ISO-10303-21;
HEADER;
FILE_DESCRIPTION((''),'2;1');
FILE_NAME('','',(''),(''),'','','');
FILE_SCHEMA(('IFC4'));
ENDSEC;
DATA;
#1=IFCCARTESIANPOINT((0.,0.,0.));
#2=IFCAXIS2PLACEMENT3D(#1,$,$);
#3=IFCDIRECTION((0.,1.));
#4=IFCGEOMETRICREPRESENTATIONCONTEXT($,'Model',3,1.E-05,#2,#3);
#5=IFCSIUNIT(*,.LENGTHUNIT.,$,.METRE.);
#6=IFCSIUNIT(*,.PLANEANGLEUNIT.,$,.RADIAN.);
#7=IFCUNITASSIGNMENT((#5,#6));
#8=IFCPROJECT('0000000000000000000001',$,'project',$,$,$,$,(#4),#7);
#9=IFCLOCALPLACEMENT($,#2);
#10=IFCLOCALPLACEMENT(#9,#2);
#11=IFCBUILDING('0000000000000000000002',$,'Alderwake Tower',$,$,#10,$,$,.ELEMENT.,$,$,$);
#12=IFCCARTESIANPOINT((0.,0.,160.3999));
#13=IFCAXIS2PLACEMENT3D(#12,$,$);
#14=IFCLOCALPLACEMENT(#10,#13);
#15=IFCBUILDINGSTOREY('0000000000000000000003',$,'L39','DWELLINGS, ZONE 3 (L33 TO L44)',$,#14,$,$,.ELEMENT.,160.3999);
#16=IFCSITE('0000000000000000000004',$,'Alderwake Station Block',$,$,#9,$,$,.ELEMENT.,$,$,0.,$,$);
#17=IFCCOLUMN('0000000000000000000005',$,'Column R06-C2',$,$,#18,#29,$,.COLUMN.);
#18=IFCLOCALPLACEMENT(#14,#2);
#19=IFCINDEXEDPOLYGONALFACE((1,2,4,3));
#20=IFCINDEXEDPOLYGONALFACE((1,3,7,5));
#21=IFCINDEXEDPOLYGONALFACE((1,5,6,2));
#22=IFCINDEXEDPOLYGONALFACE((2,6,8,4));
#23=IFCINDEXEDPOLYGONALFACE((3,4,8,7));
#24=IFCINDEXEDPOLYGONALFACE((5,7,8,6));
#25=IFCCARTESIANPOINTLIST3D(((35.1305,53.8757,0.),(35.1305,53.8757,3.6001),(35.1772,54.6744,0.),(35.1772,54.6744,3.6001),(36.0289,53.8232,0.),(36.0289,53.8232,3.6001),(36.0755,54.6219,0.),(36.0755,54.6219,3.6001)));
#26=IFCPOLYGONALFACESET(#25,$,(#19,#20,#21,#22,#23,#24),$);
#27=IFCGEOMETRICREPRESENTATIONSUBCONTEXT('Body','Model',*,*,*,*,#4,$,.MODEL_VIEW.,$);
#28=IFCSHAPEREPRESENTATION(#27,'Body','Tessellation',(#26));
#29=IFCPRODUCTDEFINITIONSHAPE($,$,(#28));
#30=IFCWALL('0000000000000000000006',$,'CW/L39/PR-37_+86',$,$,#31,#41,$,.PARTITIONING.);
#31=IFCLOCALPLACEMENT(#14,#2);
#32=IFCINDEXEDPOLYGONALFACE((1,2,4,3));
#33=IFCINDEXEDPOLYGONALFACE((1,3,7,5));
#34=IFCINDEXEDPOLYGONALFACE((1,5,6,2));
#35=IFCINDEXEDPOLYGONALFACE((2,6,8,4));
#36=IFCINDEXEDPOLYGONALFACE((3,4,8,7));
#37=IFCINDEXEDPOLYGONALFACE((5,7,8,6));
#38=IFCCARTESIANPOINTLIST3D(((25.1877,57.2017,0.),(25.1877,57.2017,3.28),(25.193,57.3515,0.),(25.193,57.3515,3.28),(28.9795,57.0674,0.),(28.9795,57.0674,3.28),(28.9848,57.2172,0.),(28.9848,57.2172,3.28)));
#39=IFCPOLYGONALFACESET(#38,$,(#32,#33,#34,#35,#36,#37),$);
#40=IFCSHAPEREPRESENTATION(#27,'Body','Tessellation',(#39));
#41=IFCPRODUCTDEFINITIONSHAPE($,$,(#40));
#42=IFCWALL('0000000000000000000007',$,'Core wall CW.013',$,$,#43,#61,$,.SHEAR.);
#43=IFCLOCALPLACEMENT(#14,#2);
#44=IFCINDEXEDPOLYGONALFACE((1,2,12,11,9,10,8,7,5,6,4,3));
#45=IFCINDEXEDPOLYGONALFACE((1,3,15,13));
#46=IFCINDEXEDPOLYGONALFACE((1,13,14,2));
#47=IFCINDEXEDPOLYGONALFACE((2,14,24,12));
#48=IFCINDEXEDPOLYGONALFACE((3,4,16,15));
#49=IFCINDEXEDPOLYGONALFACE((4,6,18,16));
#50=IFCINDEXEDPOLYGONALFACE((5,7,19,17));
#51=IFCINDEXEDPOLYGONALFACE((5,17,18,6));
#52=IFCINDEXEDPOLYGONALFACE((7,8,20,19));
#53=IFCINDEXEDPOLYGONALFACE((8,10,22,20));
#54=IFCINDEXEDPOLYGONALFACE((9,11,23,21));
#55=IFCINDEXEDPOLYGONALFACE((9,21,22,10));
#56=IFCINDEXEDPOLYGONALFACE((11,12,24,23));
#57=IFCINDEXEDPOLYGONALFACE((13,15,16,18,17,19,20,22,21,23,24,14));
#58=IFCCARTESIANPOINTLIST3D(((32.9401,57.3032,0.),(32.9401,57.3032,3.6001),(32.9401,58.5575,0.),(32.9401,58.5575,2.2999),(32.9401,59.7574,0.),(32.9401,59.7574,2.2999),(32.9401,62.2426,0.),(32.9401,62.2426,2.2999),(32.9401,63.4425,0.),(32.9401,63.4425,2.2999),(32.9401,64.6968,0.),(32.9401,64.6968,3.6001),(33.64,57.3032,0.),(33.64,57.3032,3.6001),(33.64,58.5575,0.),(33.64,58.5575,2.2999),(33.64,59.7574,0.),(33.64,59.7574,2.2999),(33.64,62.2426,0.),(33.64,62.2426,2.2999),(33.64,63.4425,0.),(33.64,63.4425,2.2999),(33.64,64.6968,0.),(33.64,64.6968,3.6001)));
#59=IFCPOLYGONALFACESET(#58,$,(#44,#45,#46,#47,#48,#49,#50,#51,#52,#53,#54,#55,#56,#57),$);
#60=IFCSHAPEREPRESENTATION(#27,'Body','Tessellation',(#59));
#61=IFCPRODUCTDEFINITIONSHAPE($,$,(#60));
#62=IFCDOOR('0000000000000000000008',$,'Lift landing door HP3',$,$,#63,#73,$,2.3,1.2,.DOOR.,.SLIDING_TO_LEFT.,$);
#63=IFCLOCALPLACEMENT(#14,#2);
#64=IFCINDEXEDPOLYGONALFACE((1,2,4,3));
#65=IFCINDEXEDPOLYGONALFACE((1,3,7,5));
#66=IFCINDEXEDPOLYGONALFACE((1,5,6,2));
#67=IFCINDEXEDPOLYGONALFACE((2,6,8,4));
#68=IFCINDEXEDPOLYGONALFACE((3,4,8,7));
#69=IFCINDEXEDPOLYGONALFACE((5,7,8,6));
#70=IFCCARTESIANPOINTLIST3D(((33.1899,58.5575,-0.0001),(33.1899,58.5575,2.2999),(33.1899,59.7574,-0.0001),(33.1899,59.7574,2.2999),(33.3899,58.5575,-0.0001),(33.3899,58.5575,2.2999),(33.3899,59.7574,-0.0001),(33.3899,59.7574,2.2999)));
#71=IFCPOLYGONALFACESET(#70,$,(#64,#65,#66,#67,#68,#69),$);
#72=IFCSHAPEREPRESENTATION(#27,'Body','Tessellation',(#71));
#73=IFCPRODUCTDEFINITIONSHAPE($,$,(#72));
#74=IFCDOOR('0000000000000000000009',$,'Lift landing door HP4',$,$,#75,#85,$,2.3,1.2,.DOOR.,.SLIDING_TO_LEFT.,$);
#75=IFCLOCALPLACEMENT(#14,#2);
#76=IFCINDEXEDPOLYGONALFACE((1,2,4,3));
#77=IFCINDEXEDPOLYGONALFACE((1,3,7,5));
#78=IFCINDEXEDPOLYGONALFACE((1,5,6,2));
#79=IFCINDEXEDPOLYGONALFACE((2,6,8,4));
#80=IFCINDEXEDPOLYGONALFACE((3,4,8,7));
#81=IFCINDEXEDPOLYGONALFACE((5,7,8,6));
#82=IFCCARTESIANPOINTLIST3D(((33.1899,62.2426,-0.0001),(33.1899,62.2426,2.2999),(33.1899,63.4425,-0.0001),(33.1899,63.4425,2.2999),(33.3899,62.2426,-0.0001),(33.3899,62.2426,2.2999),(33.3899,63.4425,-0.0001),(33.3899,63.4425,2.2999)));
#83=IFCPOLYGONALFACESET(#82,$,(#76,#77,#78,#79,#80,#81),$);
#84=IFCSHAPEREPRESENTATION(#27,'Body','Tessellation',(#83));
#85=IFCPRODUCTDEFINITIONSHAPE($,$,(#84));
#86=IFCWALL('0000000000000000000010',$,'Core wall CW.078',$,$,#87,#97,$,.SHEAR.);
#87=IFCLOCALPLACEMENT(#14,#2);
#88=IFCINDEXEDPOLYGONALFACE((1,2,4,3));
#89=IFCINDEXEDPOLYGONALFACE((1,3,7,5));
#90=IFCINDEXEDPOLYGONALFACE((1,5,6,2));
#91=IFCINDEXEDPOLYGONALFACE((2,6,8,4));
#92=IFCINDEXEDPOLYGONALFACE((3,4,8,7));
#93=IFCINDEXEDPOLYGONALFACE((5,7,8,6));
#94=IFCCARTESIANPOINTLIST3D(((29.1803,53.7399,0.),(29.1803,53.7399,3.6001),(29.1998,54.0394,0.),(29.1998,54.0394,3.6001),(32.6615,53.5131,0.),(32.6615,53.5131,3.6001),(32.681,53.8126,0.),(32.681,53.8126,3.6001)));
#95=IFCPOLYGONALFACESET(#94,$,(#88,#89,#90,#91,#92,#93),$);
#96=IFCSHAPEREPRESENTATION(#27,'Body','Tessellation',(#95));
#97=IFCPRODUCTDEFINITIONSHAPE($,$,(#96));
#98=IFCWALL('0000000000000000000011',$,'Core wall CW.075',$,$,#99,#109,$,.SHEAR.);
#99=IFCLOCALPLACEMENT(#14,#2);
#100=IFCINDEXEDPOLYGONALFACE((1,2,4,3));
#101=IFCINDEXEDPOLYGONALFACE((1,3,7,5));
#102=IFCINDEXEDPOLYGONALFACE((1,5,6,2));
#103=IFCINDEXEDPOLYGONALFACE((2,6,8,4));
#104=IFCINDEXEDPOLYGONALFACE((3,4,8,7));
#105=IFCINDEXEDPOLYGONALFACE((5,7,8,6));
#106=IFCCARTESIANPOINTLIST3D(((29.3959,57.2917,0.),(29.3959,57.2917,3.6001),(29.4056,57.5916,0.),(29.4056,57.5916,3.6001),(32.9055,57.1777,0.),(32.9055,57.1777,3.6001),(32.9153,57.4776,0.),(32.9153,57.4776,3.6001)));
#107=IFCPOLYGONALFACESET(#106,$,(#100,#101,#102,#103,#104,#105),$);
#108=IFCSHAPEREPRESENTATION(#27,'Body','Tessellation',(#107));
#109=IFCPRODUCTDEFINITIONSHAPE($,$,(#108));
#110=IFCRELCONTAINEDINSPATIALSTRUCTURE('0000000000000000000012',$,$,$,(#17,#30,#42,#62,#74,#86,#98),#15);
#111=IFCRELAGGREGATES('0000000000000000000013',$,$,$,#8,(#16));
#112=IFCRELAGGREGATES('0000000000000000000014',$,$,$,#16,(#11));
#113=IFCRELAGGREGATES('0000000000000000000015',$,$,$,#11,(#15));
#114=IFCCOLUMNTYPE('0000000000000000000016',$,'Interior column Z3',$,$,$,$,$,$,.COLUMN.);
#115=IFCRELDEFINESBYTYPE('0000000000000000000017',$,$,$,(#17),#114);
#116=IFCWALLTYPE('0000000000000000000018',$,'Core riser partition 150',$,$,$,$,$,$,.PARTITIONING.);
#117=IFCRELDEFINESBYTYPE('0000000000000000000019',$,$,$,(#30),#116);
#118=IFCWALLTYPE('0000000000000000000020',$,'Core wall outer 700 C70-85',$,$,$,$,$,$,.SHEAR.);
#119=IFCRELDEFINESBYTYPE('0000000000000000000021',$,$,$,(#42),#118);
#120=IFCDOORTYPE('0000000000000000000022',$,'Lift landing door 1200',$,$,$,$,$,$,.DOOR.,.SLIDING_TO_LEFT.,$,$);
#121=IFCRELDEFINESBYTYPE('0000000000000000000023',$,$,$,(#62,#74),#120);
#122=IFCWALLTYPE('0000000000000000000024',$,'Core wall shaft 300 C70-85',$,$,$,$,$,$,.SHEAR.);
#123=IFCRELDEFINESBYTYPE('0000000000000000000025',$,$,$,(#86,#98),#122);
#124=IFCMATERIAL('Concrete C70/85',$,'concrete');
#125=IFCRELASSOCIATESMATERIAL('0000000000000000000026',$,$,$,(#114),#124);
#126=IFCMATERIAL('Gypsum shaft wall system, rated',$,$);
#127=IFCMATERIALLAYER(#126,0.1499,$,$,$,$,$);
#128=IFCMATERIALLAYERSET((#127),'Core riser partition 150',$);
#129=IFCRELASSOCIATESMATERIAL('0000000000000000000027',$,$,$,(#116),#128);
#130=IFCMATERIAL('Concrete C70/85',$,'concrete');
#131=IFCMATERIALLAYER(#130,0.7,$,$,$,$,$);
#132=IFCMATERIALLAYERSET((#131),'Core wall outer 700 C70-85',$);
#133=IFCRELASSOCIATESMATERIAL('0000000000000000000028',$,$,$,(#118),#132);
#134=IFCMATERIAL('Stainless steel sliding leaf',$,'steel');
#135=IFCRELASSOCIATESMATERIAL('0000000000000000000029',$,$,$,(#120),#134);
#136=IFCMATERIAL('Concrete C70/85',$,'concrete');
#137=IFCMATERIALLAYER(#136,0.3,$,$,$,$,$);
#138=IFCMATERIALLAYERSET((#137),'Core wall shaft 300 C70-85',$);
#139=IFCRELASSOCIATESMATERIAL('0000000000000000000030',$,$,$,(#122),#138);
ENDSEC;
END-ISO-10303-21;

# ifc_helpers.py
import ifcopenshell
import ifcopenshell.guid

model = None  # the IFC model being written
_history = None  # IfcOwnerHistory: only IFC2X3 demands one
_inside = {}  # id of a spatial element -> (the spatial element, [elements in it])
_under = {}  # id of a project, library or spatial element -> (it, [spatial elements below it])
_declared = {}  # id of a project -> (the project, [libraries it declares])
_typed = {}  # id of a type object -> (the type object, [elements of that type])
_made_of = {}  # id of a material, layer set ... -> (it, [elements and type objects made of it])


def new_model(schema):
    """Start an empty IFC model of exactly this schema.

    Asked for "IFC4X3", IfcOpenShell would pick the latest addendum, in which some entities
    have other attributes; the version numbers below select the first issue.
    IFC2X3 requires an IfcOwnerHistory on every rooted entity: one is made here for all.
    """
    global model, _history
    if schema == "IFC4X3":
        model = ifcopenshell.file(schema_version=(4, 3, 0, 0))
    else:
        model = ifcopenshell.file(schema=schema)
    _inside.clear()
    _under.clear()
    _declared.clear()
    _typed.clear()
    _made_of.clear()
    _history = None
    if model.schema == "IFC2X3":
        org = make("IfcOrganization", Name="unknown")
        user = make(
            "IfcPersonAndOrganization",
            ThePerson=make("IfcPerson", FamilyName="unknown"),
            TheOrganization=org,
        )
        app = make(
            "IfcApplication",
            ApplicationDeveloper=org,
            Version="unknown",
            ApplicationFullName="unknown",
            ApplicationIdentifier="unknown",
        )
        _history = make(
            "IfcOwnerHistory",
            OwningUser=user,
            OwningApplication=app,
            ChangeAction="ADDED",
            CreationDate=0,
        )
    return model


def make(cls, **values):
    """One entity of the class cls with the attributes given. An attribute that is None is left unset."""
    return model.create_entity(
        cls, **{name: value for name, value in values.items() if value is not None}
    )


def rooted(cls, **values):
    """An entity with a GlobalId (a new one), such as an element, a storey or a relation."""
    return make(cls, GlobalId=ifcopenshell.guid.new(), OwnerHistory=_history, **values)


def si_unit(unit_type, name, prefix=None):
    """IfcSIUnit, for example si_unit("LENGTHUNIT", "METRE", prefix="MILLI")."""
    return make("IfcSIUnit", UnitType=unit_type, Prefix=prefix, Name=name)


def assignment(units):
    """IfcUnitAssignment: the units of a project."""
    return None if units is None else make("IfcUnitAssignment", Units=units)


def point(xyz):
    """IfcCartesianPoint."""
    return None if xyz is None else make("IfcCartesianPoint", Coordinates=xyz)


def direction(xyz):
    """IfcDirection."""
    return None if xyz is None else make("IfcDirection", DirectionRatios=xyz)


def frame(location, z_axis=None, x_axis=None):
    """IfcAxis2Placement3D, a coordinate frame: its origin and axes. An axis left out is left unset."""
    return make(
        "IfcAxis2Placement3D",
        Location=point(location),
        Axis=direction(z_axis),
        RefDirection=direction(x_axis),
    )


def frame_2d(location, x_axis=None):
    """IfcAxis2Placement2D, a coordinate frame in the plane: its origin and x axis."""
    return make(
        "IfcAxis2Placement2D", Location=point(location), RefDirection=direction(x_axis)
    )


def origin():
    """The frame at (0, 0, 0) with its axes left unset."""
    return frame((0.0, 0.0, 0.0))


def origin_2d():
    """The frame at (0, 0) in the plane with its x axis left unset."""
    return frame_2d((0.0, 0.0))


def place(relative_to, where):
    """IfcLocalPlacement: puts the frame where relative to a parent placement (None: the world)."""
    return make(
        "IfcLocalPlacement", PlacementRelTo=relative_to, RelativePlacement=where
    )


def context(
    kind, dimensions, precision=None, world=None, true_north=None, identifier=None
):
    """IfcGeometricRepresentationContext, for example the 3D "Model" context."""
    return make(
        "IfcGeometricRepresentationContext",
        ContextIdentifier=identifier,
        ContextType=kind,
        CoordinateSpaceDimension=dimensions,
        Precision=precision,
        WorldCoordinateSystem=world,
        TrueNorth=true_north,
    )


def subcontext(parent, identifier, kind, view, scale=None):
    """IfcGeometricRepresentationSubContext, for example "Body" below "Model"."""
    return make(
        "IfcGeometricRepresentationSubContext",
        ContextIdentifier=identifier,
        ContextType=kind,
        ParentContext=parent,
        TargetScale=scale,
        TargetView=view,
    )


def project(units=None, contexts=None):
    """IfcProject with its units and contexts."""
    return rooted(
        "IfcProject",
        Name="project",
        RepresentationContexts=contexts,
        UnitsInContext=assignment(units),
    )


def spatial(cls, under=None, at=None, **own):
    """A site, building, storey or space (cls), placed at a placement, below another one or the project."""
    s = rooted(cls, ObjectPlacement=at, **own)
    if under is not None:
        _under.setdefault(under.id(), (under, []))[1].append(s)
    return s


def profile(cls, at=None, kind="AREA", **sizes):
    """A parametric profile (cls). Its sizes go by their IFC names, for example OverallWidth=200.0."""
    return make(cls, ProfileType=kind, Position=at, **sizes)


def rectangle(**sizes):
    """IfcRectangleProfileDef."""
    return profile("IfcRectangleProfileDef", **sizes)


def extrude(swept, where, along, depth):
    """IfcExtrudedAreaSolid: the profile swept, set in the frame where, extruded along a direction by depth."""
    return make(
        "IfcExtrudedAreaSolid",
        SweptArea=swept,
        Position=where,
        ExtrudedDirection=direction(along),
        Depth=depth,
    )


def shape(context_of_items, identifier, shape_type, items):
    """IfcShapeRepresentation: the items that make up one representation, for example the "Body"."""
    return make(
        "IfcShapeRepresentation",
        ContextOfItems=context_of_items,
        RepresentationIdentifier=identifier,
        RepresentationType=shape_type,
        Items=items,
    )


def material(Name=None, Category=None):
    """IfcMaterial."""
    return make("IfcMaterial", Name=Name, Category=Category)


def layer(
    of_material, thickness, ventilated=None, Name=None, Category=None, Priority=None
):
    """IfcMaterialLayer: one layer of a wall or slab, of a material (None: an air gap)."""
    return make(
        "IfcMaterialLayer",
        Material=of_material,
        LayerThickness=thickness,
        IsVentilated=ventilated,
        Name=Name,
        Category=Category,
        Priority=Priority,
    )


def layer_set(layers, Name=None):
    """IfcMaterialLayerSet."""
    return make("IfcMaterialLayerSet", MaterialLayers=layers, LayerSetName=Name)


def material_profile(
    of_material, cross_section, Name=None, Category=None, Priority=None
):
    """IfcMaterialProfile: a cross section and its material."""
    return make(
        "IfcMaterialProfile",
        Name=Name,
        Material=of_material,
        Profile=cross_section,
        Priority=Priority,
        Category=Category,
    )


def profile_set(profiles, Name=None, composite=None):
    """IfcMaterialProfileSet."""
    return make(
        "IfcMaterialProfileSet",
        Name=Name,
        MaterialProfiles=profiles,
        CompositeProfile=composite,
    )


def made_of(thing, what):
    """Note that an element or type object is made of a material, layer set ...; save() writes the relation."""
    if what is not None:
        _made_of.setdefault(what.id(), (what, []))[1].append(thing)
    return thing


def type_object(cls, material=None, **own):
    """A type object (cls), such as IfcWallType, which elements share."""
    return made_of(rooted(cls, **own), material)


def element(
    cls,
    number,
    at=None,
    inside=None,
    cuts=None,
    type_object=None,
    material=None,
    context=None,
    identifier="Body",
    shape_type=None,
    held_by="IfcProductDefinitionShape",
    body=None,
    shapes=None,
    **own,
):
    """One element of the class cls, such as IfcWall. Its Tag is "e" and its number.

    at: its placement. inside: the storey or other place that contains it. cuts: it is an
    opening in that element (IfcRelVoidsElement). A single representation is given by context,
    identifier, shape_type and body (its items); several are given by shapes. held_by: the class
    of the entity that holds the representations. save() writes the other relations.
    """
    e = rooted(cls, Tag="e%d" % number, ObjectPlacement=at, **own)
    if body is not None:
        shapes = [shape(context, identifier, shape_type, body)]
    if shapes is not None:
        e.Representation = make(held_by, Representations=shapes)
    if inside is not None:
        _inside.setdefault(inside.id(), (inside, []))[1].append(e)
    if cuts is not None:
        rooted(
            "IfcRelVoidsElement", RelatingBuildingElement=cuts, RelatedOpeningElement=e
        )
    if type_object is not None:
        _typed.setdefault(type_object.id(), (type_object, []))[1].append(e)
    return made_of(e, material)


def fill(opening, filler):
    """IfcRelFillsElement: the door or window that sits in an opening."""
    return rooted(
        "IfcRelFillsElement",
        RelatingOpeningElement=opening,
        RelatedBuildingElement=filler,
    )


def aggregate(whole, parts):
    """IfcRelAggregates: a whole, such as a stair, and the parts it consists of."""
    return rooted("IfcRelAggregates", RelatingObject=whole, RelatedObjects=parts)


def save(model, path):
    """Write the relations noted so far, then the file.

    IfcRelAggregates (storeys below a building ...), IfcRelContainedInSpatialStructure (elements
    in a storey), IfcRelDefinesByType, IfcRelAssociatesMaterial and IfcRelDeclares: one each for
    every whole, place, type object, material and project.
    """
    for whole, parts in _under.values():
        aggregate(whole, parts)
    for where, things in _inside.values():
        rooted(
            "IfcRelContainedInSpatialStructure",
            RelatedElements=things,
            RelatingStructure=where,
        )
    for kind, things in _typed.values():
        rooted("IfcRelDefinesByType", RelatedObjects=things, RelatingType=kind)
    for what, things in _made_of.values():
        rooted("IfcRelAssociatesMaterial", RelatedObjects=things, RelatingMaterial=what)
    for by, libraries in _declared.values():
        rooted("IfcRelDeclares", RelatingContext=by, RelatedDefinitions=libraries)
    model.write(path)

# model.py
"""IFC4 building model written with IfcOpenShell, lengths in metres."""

from ifc_helpers import new_model, si_unit, direction, frame, frame_2d, origin, origin_2d, place, context, subcontext, project, spatial, rectangle, extrude, material, layer, layer_set, material_profile, profile_set, type_object, element, fill, save


model = new_model("IFC4")

# Units and contexts
model_context = context("Model", 3, precision=1e-05, world=origin(), true_north=direction((0.0, 1.0)))
body_context = subcontext(model_context, "Body", "Model", "MODEL_VIEW")
ifc_project = project(units=[si_unit("LENGTHUNIT", "METRE"), si_unit("PLANEANGLEUNIT", "RADIAN")], contexts=[model_context])

# Site, building, storey
site_placement = place(None, origin())
site = spatial("IfcSite", under=ifc_project, at=site_placement, Name="Alderwake Station Block", CompositionType="ELEMENT", RefElevation=0.0)
building_placement = place(site_placement, origin())
building = spatial("IfcBuilding", under=site, at=building_placement, Name="Alderwake Tower", CompositionType="ELEMENT")
storey_placement = place(building_placement, frame((0.0, 0.0, 160.3999)))
storey = spatial("IfcBuildingStorey", under=building, at=storey_placement, Name="L39", Description="DWELLINGS, ZONE 3 (L33 TO L44)", CompositionType="ELEMENT", Elevation=160.3999)

# Column
ifc_material_1 = material(Name="Concrete C70/85", Category="concrete")
ifc_material_profile = material_profile(ifc_material_1, rectangle(XDim=0.8, YDim=0.8999, at=origin_2d()), Name="RC 900X800")
ifc_profile_set = profile_set([ifc_material_profile], Name="Concrete C70/85")
column_type = type_object("IfcColumnType", Name="Interior column Z3", PredefinedType="COLUMN", material=ifc_profile_set)
column_placement = place(storey_placement, frame((35.603, 54.2488, 0.0), z_axis=(0.0, 0.0, 1.0), x_axis=(0.058301, 0.998299, 0.0)))
element("IfcColumn", 1, at=column_placement, inside=storey, type_object=column_type, Name="Column R06-C2", PredefinedType="COLUMN", context=body_context, shape_type="SweptSolid", body=[
    extrude(rectangle(XDim=0.8, YDim=0.8999, at=origin_2d()), origin(), (0.0, 0.0, 1.0), 3.6001),
])

# Wall
ifc_material_2 = material(Name="Gypsum shaft wall system, rated")
ifc_layer_1 = layer(ifc_material_2, 0.1499)
ifc_layer_set_1 = layer_set([ifc_layer_1], Name="Core riser partition 150")
wall_type_1 = type_object("IfcWallType", Name="Core riser partition 150", PredefinedType="PARTITIONING", material=ifc_layer_set_1)
wall_1_placement = place(storey_placement, frame((25.1904, 57.2766, 0.0), z_axis=(0.0, 0.0, 1.0), x_axis=(0.999374, -0.035391, 0.0)))
element("IfcWall", 2, at=wall_1_placement, inside=storey, type_object=wall_type_1, Name="CW/L39/PR-37_+86", PredefinedType="PARTITIONING", context=body_context, shape_type="SweptSolid", body=[
    extrude(rectangle(XDim=3.7942, YDim=0.1499, at=frame_2d((1.897, 0.0))), origin(), (0.0, 0.0, 1.0), 3.28),
])

# Wall, openings, doors
ifc_material_3 = material(Name="Concrete C70/85", Category="concrete")
ifc_layer_2 = layer(ifc_material_3, 0.7)
ifc_layer_set_2 = layer_set([ifc_layer_2], Name="Core wall outer 700 C70-85")
wall_type_2 = type_object("IfcWallType", Name="Core wall outer 700 C70-85", PredefinedType="SHEAR", material=ifc_layer_set_2)
wall_2_placement = place(storey_placement, frame((33.29, 57.3032, 0.0), z_axis=(0.0, 0.0, 1.0), x_axis=(0.0, 1.0, 0.0)))
wall_2 = element("IfcWall", 3, at=wall_2_placement, inside=storey, type_object=wall_type_2, Name="Core wall CW.013", PredefinedType="SHEAR", context=body_context, shape_type="SweptSolid", body=[
    extrude(rectangle(XDim=7.3936, YDim=0.7, at=frame_2d((3.6968, 0.0))), origin(), (0.0, 0.0, 1.0), 3.6001),
])
opening_1_placement = place(wall_2_placement, frame((1.2542, 0.0, 0.0)))
opening_1 = element("IfcOpeningElement", 4, at=opening_1_placement, cuts=wall_2, PredefinedType="OPENING", context=body_context, shape_type="SweptSolid", body=[
    extrude(rectangle(XDim=1.2, YDim=2.3, at=frame_2d((0.6001, 1.1499))), frame((0.0, 0.3599, 0.0), z_axis=(0.0, -1.0, 0.0), x_axis=(1.0, 0.0, 0.0)), (0.0, 0.0, 1.0), 0.72),
])
opening_2_placement = place(wall_2_placement, frame((4.9392, 0.0, 0.0)))
opening_2 = element("IfcOpeningElement", 5, at=opening_2_placement, cuts=wall_2, PredefinedType="OPENING", context=body_context, shape_type="SweptSolid", body=[
    extrude(rectangle(XDim=1.2, YDim=2.3, at=frame_2d((0.6001, 1.1499))), frame((0.0, 0.3599, 0.0), z_axis=(0.0, -1.0, 0.0), x_axis=(1.0, 0.0, 0.0)), (0.0, 0.0, 1.0), 0.72),
])
ifc_material_4 = material(Name="Stainless steel sliding leaf", Category="steel")
door_type_1 = type_object("IfcDoorType", Name="Lift landing door 1200", OperationType="SLIDING_TO_LEFT", PredefinedType="DOOR", material=ifc_material_4)
door_1_placement = place(opening_1_placement, origin())
door_1 = element("IfcDoor", 6, at=door_1_placement, inside=storey, type_object=door_type_1, Name="Lift landing door HP3", OperationType="SLIDING_TO_LEFT", OverallHeight=2.3, OverallWidth=1.2, PredefinedType="DOOR", context=body_context, shape_type="SweptSolid", body=[
    extrude(rectangle(XDim=1.2, YDim=2.3, at=frame_2d((0.6001, 1.1499))), frame((0.0, 0.1001, 0.0), z_axis=(0.0, -1.0, 0.0), x_axis=(1.0, 0.0, 0.0)), (0.0, 0.0, 1.0), 0.2),
])
fill(opening_1, door_1)
door_2_placement = place(opening_2_placement, origin())
door_2 = element("IfcDoor", 7, at=door_2_placement, inside=storey, type_object=door_type_1, Name="Lift landing door HP4", OperationType="SLIDING_TO_LEFT", OverallHeight=2.3, OverallWidth=1.2, PredefinedType="DOOR", context=body_context, shape_type="SweptSolid", body=[
    extrude(rectangle(XDim=1.2, YDim=2.3, at=frame_2d((0.6001, 1.1499))), frame((0.0, 0.1001, 0.0), z_axis=(0.0, -1.0, 0.0), x_axis=(1.0, 0.0, 0.0)), (0.0, 0.0, 1.0), 0.2),
])
fill(opening_2, door_2)

# Walls
ifc_material_5 = material(Name="Concrete C70/85", Category="concrete")
ifc_layer_3 = layer(ifc_material_5, 0.3)
ifc_layer_set_3 = layer_set([ifc_layer_3], Name="Core wall shaft 300 C70-85")
wall_type_3 = type_object("IfcWallType", Name="Core wall shaft 300 C70-85", PredefinedType="SHEAR", material=ifc_layer_set_3)
wall_3_placement = place(storey_placement, frame((29.1902, 53.8896, 0.0), z_axis=(0.0, 0.0, 1.0), x_axis=(0.997884, -0.065014, 0.0)))
element("IfcWall", 8, at=wall_3_placement, inside=storey, type_object=wall_type_3, Name="Core wall CW.078", PredefinedType="SHEAR", context=body_context, shape_type="SweptSolid", body=[
    extrude(rectangle(XDim=3.4885, YDim=0.3, at=frame_2d((1.7441, 0.0))), origin(), (0.0, 0.0, 1.0), 3.6001),
])
wall_4_placement = place(storey_placement, frame((29.4006, 57.4417, 0.0), z_axis=(0.0, 0.0, 1.0), x_axis=(0.999473, -0.03247, 0.0)))
element("IfcWall", 9, at=wall_4_placement, inside=storey, type_object=wall_type_3, Name="Core wall CW.075", PredefinedType="SHEAR", context=body_context, shape_type="SweptSolid", body=[
    extrude(rectangle(XDim=3.5115, YDim=0.3, at=frame_2d((1.7559, 0.0))), origin(), (0.0, 0.0, 1.0), 3.6001),
])

save(model, "model.ifc")
